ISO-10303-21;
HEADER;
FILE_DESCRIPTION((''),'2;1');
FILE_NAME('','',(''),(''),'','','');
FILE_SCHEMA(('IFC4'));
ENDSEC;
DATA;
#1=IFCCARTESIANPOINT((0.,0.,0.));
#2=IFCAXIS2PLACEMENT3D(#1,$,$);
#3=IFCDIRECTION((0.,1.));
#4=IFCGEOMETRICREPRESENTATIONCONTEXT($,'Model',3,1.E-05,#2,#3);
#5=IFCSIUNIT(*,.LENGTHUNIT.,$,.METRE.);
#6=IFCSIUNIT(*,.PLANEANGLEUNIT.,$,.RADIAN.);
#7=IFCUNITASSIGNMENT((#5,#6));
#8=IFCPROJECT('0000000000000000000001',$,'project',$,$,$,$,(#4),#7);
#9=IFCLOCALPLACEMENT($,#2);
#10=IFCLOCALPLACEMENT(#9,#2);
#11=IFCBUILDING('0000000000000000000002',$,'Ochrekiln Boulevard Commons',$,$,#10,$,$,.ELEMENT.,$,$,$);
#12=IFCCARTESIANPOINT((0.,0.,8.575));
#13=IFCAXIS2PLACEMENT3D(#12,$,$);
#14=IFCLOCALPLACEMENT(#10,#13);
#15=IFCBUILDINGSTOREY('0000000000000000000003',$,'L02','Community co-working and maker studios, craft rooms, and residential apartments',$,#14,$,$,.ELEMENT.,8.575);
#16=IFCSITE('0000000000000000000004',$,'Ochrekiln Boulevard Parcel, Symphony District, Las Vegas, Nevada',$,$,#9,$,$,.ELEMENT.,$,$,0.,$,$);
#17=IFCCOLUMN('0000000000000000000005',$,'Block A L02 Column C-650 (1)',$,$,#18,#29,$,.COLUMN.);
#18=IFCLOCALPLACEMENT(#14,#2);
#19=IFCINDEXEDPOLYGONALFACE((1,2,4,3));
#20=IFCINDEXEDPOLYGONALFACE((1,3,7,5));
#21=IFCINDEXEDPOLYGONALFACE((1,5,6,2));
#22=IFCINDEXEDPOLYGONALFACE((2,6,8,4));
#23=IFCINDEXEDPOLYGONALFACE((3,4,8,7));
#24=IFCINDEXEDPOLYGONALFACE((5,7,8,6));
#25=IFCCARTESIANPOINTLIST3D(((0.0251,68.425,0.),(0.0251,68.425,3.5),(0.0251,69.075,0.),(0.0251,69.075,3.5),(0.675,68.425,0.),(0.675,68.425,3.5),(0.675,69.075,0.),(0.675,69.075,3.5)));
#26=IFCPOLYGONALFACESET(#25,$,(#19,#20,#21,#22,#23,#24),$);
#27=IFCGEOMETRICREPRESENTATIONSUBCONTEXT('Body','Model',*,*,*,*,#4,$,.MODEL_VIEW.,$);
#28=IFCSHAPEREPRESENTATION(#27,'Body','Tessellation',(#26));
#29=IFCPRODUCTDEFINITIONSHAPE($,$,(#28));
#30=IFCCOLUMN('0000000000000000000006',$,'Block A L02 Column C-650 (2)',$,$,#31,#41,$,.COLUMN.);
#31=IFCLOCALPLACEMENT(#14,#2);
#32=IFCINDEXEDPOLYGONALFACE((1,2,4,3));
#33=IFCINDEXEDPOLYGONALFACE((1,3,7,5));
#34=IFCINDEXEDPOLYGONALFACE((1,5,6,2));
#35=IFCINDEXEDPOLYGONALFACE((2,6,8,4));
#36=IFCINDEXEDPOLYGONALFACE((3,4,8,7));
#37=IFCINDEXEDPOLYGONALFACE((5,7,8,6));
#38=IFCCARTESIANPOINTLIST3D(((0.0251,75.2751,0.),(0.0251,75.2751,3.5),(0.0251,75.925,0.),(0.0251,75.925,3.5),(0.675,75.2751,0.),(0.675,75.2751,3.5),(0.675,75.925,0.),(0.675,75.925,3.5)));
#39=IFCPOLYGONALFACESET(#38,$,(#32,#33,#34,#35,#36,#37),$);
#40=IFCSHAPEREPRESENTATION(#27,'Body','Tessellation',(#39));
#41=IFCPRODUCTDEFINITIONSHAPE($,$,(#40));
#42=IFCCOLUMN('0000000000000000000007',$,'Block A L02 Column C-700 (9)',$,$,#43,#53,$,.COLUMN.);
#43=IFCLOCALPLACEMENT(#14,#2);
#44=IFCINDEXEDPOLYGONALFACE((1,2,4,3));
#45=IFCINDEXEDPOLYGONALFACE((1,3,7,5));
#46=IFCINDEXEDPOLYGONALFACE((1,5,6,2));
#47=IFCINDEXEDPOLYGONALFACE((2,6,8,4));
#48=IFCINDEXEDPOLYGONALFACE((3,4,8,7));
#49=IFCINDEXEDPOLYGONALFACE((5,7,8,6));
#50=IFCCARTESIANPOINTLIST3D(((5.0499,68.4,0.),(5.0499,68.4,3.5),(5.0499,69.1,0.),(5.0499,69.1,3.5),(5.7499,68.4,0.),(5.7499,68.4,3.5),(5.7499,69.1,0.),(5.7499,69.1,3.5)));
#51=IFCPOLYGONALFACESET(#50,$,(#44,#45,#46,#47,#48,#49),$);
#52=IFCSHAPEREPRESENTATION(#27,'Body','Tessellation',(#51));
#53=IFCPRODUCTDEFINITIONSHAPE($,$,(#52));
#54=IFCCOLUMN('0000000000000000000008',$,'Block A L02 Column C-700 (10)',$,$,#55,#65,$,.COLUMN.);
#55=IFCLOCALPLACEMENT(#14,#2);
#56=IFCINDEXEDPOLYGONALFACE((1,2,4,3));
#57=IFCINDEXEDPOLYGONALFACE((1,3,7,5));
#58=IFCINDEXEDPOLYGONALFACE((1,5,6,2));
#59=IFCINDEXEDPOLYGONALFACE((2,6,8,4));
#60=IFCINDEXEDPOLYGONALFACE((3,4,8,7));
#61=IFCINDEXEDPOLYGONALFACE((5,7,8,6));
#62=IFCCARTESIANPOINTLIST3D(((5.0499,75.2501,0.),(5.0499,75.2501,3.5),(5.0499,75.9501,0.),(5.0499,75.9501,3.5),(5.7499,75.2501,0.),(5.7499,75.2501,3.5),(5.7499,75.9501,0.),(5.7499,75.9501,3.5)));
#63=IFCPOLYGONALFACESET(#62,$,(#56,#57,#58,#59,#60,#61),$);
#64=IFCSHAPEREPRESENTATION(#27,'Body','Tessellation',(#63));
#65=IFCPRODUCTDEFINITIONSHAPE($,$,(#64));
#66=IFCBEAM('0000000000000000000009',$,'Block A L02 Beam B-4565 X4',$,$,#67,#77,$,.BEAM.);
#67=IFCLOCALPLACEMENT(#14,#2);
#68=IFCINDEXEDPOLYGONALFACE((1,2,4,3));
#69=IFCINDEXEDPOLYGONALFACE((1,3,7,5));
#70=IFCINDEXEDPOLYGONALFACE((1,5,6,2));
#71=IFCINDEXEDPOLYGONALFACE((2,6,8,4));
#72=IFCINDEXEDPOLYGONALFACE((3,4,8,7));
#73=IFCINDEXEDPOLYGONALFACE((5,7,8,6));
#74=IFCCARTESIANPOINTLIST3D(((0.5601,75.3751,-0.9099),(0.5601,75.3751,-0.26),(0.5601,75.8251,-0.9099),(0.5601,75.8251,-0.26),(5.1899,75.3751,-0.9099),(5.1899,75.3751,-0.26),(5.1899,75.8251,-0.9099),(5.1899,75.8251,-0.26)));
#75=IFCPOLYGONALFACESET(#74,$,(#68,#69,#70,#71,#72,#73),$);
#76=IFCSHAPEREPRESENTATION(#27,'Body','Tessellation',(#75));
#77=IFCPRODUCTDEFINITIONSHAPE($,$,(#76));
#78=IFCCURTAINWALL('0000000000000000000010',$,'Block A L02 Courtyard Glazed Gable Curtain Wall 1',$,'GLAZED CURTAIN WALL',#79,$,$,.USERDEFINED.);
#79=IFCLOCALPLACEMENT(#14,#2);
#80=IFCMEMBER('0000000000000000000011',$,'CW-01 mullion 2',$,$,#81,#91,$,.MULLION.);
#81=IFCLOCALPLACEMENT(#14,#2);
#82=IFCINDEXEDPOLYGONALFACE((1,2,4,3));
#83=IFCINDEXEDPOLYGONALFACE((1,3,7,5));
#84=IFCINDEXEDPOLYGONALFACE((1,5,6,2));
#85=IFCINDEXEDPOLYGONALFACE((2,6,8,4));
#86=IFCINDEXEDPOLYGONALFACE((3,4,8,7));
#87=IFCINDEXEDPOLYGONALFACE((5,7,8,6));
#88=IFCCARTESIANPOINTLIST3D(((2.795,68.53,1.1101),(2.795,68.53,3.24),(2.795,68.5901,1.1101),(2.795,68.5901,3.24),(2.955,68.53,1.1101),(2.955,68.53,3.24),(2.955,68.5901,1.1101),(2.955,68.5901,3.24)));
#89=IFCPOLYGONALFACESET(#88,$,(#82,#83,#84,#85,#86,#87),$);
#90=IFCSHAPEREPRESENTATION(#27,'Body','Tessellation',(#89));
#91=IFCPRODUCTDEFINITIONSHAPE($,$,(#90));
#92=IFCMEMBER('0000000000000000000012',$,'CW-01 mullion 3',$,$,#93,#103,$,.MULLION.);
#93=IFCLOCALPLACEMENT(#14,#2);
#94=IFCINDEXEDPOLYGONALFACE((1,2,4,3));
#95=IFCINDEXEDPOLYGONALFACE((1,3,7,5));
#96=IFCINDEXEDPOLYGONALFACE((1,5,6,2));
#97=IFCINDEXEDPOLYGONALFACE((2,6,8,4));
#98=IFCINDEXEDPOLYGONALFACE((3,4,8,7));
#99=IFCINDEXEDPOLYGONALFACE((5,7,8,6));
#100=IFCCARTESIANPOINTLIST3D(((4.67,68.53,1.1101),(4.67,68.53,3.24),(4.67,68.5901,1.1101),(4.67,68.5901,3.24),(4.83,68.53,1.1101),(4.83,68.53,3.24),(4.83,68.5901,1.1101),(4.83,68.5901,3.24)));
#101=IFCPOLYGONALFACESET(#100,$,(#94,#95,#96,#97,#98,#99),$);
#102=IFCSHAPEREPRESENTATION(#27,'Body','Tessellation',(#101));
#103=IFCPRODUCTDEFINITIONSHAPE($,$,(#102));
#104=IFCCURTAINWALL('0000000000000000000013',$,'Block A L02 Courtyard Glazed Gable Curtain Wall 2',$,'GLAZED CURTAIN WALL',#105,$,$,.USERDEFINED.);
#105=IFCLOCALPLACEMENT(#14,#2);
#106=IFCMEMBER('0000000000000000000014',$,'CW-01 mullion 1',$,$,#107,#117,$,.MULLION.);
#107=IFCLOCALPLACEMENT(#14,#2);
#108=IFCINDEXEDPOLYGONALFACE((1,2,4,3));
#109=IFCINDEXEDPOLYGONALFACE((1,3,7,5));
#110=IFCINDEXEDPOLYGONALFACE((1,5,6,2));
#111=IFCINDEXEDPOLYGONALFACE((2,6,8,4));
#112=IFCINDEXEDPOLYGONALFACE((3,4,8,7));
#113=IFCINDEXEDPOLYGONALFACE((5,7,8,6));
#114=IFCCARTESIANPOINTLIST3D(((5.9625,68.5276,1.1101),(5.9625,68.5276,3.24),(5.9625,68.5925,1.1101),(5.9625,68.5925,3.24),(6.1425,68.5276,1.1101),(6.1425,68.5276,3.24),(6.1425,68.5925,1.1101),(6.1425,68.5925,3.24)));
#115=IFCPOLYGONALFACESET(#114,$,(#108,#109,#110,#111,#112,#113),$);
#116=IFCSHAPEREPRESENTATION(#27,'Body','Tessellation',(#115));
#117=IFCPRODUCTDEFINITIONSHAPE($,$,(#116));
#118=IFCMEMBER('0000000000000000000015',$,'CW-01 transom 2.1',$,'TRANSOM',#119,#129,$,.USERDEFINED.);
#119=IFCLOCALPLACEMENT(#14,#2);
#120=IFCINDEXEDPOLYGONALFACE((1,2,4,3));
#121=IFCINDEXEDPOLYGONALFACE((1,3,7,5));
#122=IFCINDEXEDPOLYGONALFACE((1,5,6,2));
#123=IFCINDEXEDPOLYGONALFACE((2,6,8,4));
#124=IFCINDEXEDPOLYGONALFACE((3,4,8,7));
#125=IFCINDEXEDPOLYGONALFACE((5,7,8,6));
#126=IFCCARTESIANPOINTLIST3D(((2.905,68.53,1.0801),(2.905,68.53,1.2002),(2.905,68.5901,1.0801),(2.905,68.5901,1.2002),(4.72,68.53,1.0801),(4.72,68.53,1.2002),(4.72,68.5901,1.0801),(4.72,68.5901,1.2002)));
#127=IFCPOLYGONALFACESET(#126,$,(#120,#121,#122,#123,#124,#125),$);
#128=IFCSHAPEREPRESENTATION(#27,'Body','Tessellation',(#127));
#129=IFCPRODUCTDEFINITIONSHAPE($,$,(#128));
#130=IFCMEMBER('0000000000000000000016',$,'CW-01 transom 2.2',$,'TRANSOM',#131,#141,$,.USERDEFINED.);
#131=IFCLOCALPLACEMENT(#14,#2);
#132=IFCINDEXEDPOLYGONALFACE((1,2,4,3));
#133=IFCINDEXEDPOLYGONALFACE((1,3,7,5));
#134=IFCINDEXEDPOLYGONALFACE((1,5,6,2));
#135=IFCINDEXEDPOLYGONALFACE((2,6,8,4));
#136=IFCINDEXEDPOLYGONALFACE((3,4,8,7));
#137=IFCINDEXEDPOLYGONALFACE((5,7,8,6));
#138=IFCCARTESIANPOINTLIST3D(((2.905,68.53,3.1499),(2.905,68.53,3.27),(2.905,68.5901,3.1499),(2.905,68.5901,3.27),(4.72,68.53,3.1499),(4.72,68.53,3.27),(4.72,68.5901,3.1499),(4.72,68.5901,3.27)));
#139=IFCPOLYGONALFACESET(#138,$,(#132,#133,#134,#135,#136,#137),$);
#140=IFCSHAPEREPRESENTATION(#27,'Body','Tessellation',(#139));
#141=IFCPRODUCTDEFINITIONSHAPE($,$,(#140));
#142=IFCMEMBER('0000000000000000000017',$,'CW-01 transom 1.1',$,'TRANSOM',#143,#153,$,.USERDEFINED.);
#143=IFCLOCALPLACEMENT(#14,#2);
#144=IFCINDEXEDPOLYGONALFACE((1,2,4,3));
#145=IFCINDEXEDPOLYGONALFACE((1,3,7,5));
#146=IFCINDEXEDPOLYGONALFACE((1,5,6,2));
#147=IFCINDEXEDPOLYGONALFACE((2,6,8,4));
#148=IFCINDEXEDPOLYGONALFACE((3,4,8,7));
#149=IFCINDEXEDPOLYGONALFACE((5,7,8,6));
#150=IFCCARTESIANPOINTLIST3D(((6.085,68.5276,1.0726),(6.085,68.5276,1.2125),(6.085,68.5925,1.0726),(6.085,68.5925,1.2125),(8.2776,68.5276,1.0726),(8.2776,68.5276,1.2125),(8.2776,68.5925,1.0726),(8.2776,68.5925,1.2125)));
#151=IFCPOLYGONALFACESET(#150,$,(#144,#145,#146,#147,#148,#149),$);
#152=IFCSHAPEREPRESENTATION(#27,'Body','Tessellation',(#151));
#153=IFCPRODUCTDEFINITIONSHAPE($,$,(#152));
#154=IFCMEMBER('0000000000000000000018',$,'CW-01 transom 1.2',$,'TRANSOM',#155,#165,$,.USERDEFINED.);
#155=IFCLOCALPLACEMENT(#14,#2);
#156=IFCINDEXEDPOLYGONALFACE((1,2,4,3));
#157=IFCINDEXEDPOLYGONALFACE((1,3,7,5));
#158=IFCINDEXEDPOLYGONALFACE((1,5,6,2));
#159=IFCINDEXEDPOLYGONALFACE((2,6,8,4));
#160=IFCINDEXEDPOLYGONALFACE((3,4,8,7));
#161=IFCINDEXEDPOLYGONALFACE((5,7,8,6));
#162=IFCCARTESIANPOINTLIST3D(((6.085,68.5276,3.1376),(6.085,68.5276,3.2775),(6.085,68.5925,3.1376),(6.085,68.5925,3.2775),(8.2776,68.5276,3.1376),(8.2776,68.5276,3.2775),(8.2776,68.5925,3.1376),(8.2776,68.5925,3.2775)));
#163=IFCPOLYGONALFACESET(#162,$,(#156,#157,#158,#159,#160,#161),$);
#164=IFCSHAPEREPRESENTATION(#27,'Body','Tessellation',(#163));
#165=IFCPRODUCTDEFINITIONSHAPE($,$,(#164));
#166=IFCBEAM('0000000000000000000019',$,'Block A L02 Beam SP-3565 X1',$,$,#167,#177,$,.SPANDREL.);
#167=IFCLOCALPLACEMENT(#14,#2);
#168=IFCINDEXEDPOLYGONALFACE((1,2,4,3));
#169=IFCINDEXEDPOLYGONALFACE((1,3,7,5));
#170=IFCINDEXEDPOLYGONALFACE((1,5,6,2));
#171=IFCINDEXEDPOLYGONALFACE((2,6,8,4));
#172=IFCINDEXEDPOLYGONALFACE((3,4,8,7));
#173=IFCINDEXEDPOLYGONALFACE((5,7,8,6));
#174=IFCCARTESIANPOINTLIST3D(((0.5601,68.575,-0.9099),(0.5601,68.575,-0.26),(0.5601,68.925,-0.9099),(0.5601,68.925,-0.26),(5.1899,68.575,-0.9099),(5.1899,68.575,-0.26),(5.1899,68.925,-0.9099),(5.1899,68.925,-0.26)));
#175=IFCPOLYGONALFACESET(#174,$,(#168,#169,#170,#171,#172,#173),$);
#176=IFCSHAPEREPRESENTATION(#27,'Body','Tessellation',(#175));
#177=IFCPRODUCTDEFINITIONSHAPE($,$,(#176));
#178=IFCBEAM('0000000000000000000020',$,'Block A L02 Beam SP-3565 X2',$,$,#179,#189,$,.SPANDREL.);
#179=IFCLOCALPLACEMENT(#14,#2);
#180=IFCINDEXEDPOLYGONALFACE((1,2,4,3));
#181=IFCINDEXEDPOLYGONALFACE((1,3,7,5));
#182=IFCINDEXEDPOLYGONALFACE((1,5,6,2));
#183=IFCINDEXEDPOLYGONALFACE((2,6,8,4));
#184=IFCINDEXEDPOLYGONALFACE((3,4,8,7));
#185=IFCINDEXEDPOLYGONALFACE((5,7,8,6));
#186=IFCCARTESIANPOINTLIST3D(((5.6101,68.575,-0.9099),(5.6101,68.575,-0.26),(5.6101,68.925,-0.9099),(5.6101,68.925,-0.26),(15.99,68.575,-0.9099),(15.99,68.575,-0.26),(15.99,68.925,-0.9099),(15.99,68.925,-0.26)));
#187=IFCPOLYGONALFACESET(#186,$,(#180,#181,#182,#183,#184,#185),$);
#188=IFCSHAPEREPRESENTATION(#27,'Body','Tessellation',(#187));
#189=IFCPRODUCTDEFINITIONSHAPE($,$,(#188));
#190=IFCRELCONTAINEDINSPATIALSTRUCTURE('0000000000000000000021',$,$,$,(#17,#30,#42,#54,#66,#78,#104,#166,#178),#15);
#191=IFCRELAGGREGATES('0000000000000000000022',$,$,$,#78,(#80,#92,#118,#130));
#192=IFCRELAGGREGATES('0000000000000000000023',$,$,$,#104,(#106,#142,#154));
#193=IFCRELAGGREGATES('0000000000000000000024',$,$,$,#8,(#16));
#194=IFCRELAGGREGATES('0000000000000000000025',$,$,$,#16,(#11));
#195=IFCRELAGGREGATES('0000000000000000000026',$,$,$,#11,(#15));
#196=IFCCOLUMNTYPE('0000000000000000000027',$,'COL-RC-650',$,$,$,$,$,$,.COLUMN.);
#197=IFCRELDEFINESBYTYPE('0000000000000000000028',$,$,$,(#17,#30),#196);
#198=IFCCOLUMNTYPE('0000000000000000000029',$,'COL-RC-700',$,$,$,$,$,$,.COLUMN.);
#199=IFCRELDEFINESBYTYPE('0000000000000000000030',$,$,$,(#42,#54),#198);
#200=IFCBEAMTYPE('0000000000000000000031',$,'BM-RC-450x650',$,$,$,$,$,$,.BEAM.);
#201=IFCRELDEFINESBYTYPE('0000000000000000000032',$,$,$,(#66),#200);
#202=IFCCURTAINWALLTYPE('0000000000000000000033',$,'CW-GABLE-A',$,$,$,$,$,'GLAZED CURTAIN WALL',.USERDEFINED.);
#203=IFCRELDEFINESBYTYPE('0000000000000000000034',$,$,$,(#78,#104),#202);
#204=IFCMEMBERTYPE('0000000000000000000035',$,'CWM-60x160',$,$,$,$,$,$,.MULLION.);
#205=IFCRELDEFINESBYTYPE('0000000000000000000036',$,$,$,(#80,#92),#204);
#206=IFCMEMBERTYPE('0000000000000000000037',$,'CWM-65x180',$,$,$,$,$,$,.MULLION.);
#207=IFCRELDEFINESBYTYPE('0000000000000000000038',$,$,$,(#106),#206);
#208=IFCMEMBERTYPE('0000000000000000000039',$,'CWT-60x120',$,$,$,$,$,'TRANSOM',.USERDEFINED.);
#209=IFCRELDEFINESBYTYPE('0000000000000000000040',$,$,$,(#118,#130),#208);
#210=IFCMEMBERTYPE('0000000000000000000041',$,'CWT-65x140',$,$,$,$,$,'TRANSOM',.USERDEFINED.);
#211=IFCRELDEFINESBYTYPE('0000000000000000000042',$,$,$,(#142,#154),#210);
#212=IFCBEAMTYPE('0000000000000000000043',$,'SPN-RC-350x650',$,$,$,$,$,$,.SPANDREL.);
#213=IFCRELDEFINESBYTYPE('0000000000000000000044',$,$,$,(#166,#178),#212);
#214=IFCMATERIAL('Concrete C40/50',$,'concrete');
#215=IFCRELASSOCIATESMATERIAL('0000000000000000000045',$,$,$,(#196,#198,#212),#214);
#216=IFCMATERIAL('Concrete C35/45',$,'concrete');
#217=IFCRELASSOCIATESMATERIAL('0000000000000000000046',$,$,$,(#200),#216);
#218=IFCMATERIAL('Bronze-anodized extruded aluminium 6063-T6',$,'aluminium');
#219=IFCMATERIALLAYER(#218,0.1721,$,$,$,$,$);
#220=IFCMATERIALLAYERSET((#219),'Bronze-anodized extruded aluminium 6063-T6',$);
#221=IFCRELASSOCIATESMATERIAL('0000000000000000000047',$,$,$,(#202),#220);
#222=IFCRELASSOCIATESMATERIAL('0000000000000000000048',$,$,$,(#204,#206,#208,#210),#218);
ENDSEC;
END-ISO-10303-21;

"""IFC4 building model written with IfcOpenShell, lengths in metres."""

from ifc_helpers import new_model, si_unit, direction, frame, origin, origin_2d, place, context, subcontext, project, spatial, rectangle, extrude, material, layer, layer_set, material_profile, profile_set, type_object, element, aggregate, save


model = new_model("IFC4")

# Units and contexts
model_context = context("Model", 3, precision=1e-05, world=origin(), true_north=direction((0.0, 1.0)))
body_context = subcontext(model_context, "Body", "Model", "MODEL_VIEW")
ifc_project = project(units=[si_unit("LENGTHUNIT", "METRE"), si_unit("PLANEANGLEUNIT", "RADIAN")], contexts=[model_context])

# Site, building, storey
site_placement = place(None, origin())
site = spatial("IfcSite", under=ifc_project, at=site_placement, Name="Ochrekiln Boulevard Parcel, Symphony District, Las Vegas, Nevada", CompositionType="ELEMENT", RefElevation=0.0)
building_placement = place(site_placement, origin())
building = spatial("IfcBuilding", under=site, at=building_placement, Name="Ochrekiln Boulevard Commons", CompositionType="ELEMENT")
storey_placement = place(building_placement, frame((0.0, 0.0, 8.575)))
storey = spatial("IfcBuildingStorey", under=building, at=storey_placement, Name="L02", Description="Community co-working and maker studios, craft rooms, and residential apartments", CompositionType="ELEMENT", Elevation=8.575)

# Columns
ifc_material_1 = material(Name="Concrete C40/50", Category="concrete")
ifc_material_profile_1 = material_profile(ifc_material_1, rectangle(XDim=0.6499, YDim=0.6499, at=origin_2d()), Name="RC-COL-650x650")
ifc_profile_set_1 = profile_set([ifc_material_profile_1], Name="Concrete C40/50")
column_type_1 = type_object("IfcColumnType", Name="COL-RC-650", PredefinedType="COLUMN", material=ifc_profile_set_1)
for number, where, z_axis, x_axis, name in (
    (1, (0.3501, 68.75, 0.0), (0.0, 0.0, 1.0), (1.0, 0.0, 0.0), "Block A L02 Column C-650 (1)"),
    (2, (0.3501, 75.6001, 0.0), (0.0, 0.0, 1.0), (1.0, 0.0, 0.0), "Block A L02 Column C-650 (2)"),
):
    element("IfcColumn", number, at=place(storey_placement, frame(where, z_axis=z_axis, x_axis=x_axis)), inside=storey, type_object=column_type_1, Name=name, PredefinedType="COLUMN", context=body_context, shape_type="SweptSolid", body=[
        extrude(rectangle(XDim=0.6499, YDim=0.6499, at=origin_2d()), origin(), (0.0, 0.0, 1.0), 3.5),
    ])
ifc_material_profile_2 = material_profile(ifc_material_1, rectangle(XDim=0.7, YDim=0.7, at=origin_2d()), Name="RC-COL-700x700")
ifc_profile_set_2 = profile_set([ifc_material_profile_2], Name="Concrete C40/50")
column_type_2 = type_object("IfcColumnType", Name="COL-RC-700", PredefinedType="COLUMN", material=ifc_profile_set_2)
for number, where, z_axis, x_axis, name in (
    (3, (5.3999, 68.75, 0.0), (0.0, 0.0, 1.0), (1.0, 0.0, 0.0), "Block A L02 Column C-700 (9)"),
    (4, (5.3999, 75.6001, 0.0), (0.0, 0.0, 1.0), (1.0, 0.0, 0.0), "Block A L02 Column C-700 (10)"),
):
    element("IfcColumn", number, at=place(storey_placement, frame(where, z_axis=z_axis, x_axis=x_axis)), inside=storey, type_object=column_type_2, Name=name, PredefinedType="COLUMN", context=body_context, shape_type="SweptSolid", body=[
        extrude(rectangle(XDim=0.7, YDim=0.7, at=origin_2d()), origin(), (0.0, 0.0, 1.0), 3.5),
    ])

# Beam
ifc_material_2 = material(Name="Concrete C35/45", Category="concrete")
ifc_material_profile_3 = material_profile(ifc_material_2, rectangle(XDim=0.45, YDim=0.6499, at=origin_2d()), Name="RC-BM-450x650")
ifc_profile_set_3 = profile_set([ifc_material_profile_3], Name="Concrete C35/45")
beam_type_1 = type_object("IfcBeamType", Name="BM-RC-450x650", PredefinedType="BEAM", material=ifc_profile_set_3)
beam_1_placement = place(storey_placement, frame((0.5601, 75.6001, -0.585), z_axis=(1.0, 0.0, 0.0), x_axis=(0.0, 1.0, 0.0)))
element("IfcBeam", 5, at=beam_1_placement, inside=storey, type_object=beam_type_1, Name="Block A L02 Beam B-4565 X4", PredefinedType="BEAM", context=body_context, shape_type="SweptSolid", body=[
    extrude(rectangle(XDim=0.45, YDim=0.6499, at=origin_2d()), origin(), (0.0, 0.0, 1.0), 4.6299),
])

# Curtain wall, members
ifc_material_3 = material(Name="Bronze-anodized extruded aluminium 6063-T6", Category="aluminium")
ifc_layer_1 = layer(ifc_material_3, 0.1721)
ifc_layer_set_1 = layer_set([ifc_layer_1], Name="Bronze-anodized extruded aluminium 6063-T6")
curtain_wall_type = type_object("IfcCurtainWallType", Name="CW-GABLE-A", ElementType="GLAZED CURTAIN WALL", PredefinedType="USERDEFINED", material=ifc_layer_set_1)
curtain_wall_1_placement = place(storey_placement, origin())
curtain_wall_1 = element("IfcCurtainWall", 6, at=curtain_wall_1_placement, inside=storey, type_object=curtain_wall_type, Name="Block A L02 Courtyard Glazed Gable Curtain Wall 1", ObjectType="GLAZED CURTAIN WALL", PredefinedType="USERDEFINED")
ifc_material_profile_4 = material_profile(ifc_material_3, rectangle(XDim=0.0601, YDim=0.1599, at=origin_2d()), Name="ALU-MUL-60x160")
ifc_profile_set_4 = profile_set([ifc_material_profile_4], Name="Bronze-anodized extruded aluminium 6063-T6")
member_type_1 = type_object("IfcMemberType", Name="CWM-60x160", PredefinedType="MULLION", material=ifc_profile_set_4)
member_1_placement = place(storey_placement, frame((2.875, 68.5601, 1.1101), z_axis=(0.0, 0.0, 1.0), x_axis=(0.0, 1.0, 0.0)))
member_1 = element("IfcMember", 7, at=member_1_placement, type_object=member_type_1, Name="CW-01 mullion 2", PredefinedType="MULLION", context=body_context, shape_type="SweptSolid", body=[
    extrude(rectangle(XDim=0.0601, YDim=0.1599, at=origin_2d()), origin(), (0.0, 0.0, 1.0), 2.1299),
])
member_2_placement = place(storey_placement, frame((4.75, 68.5601, 1.1101), z_axis=(0.0, 0.0, 1.0), x_axis=(0.0, 1.0, 0.0)))
member_2 = element("IfcMember", 8, at=member_2_placement, type_object=member_type_1, Name="CW-01 mullion 3", PredefinedType="MULLION", context=body_context, shape_type="SweptSolid", body=[
    extrude(rectangle(XDim=0.0601, YDim=0.1599, at=origin_2d()), origin(), (0.0, 0.0, 1.0), 2.1299),
])

# Curtain wall, member
curtain_wall_2_placement = place(storey_placement, origin())
curtain_wall_2 = element("IfcCurtainWall", 9, at=curtain_wall_2_placement, inside=storey, type_object=curtain_wall_type, Name="Block A L02 Courtyard Glazed Gable Curtain Wall 2", ObjectType="GLAZED CURTAIN WALL", PredefinedType="USERDEFINED")
ifc_material_profile_5 = material_profile(ifc_material_3, rectangle(XDim=0.0649, YDim=0.1799, at=origin_2d()), Name="ALU-MUL-65x180")
ifc_profile_set_5 = profile_set([ifc_material_profile_5], Name="Bronze-anodized extruded aluminium 6063-T6")
member_type_2 = type_object("IfcMemberType", Name="CWM-65x180", PredefinedType="MULLION", material=ifc_profile_set_5)
member_3_placement = place(storey_placement, frame((6.0525, 68.5601, 1.1101), z_axis=(0.0, 0.0, 1.0), x_axis=(0.0, 1.0, 0.0)))
member_3 = element("IfcMember", 10, at=member_3_placement, type_object=member_type_2, Name="CW-01 mullion 1", PredefinedType="MULLION", context=body_context, shape_type="SweptSolid", body=[
    extrude(rectangle(XDim=0.0649, YDim=0.1799, at=origin_2d()), origin(), (0.0, 0.0, 1.0), 2.1299),
])

# Members
ifc_material_profile_6 = material_profile(ifc_material_3, rectangle(XDim=0.0601, YDim=0.1201, at=origin_2d()), Name="ALU-TRN-60x120")
ifc_profile_set_6 = profile_set([ifc_material_profile_6], Name="Bronze-anodized extruded aluminium 6063-T6")
member_type_3 = type_object("IfcMemberType", Name="CWT-60x120", ElementType="TRANSOM", PredefinedType="USERDEFINED", material=ifc_profile_set_6)
member_4_placement = place(storey_placement, frame((2.905, 68.5601, 1.1401), z_axis=(1.0, 0.0, 0.0), x_axis=(0.0, 1.0, 0.0)))
member_4 = element("IfcMember", 11, at=member_4_placement, type_object=member_type_3, Name="CW-01 transom 2.1", ObjectType="TRANSOM", PredefinedType="USERDEFINED", context=body_context, shape_type="SweptSolid", body=[
    extrude(rectangle(XDim=0.0601, YDim=0.1201, at=origin_2d()), origin(), (0.0, 0.0, 1.0), 1.8149),
])
member_5_placement = place(storey_placement, frame((2.905, 68.5601, 3.21), z_axis=(1.0, 0.0, 0.0), x_axis=(0.0, 1.0, 0.0)))
member_5 = element("IfcMember", 12, at=member_5_placement, type_object=member_type_3, Name="CW-01 transom 2.2", ObjectType="TRANSOM", PredefinedType="USERDEFINED", context=body_context, shape_type="SweptSolid", body=[
    extrude(rectangle(XDim=0.0601, YDim=0.1201, at=origin_2d()), origin(), (0.0, 0.0, 1.0), 1.8149),
])
ifc_material_profile_7 = material_profile(ifc_material_3, rectangle(XDim=0.0649, YDim=0.1399, at=origin_2d()), Name="ALU-TRN-65x140")
ifc_profile_set_7 = profile_set([ifc_material_profile_7], Name="Bronze-anodized extruded aluminium 6063-T6")
member_type_4 = type_object("IfcMemberType", Name="CWT-65x140", ElementType="TRANSOM", PredefinedType="USERDEFINED", material=ifc_profile_set_7)
member_6_placement = place(storey_placement, frame((6.085, 68.5601, 1.1426), z_axis=(1.0, 0.0, 0.0), x_axis=(0.0, 1.0, 0.0)))
member_6 = element("IfcMember", 13, at=member_6_placement, type_object=member_type_4, Name="CW-01 transom 1.1", ObjectType="TRANSOM", PredefinedType="USERDEFINED", context=body_context, shape_type="SweptSolid", body=[
    extrude(rectangle(XDim=0.0649, YDim=0.1399, at=origin_2d()), origin(), (0.0, 0.0, 1.0), 2.1926),
])
member_7_placement = place(storey_placement, frame((6.085, 68.5601, 3.2075), z_axis=(1.0, 0.0, 0.0), x_axis=(0.0, 1.0, 0.0)))
member_7 = element("IfcMember", 14, at=member_7_placement, type_object=member_type_4, Name="CW-01 transom 1.2", ObjectType="TRANSOM", PredefinedType="USERDEFINED", context=body_context, shape_type="SweptSolid", body=[
    extrude(rectangle(XDim=0.0649, YDim=0.1399, at=origin_2d()), origin(), (0.0, 0.0, 1.0), 2.1926),
])

# Beams
ifc_material_profile_8 = material_profile(ifc_material_1, rectangle(XDim=0.3501, YDim=0.6499, at=origin_2d()), Name="RC-SPN-350x650")
ifc_profile_set_8 = profile_set([ifc_material_profile_8], Name="Concrete C40/50")
beam_type_2 = type_object("IfcBeamType", Name="SPN-RC-350x650", PredefinedType="SPANDREL", material=ifc_profile_set_8)
beam_2_placement = place(storey_placement, frame((0.5601, 68.75, -0.585), z_axis=(1.0, 0.0, 0.0), x_axis=(0.0, 1.0, 0.0)))
element("IfcBeam", 15, at=beam_2_placement, inside=storey, type_object=beam_type_2, Name="Block A L02 Beam SP-3565 X1", PredefinedType="SPANDREL", context=body_context, shape_type="SweptSolid", body=[
    extrude(rectangle(XDim=0.3501, YDim=0.6499, at=origin_2d()), origin(), (0.0, 0.0, 1.0), 4.6299),
])
beam_3_placement = place(storey_placement, frame((5.6101, 68.75, -0.585), z_axis=(1.0, 0.0, 0.0), x_axis=(0.0, 1.0, 0.0)))
element("IfcBeam", 16, at=beam_3_placement, inside=storey, type_object=beam_type_2, Name="Block A L02 Beam SP-3565 X2", PredefinedType="SPANDREL", context=body_context, shape_type="SweptSolid", body=[
    extrude(rectangle(XDim=0.3501, YDim=0.6499, at=origin_2d()), origin(), (0.0, 0.0, 1.0), 10.3799),
])

aggregate(curtain_wall_1, [member_1, member_2, member_4, member_5])
aggregate(curtain_wall_2, [member_3, member_6, member_7])

save(model, "model.ifc")
